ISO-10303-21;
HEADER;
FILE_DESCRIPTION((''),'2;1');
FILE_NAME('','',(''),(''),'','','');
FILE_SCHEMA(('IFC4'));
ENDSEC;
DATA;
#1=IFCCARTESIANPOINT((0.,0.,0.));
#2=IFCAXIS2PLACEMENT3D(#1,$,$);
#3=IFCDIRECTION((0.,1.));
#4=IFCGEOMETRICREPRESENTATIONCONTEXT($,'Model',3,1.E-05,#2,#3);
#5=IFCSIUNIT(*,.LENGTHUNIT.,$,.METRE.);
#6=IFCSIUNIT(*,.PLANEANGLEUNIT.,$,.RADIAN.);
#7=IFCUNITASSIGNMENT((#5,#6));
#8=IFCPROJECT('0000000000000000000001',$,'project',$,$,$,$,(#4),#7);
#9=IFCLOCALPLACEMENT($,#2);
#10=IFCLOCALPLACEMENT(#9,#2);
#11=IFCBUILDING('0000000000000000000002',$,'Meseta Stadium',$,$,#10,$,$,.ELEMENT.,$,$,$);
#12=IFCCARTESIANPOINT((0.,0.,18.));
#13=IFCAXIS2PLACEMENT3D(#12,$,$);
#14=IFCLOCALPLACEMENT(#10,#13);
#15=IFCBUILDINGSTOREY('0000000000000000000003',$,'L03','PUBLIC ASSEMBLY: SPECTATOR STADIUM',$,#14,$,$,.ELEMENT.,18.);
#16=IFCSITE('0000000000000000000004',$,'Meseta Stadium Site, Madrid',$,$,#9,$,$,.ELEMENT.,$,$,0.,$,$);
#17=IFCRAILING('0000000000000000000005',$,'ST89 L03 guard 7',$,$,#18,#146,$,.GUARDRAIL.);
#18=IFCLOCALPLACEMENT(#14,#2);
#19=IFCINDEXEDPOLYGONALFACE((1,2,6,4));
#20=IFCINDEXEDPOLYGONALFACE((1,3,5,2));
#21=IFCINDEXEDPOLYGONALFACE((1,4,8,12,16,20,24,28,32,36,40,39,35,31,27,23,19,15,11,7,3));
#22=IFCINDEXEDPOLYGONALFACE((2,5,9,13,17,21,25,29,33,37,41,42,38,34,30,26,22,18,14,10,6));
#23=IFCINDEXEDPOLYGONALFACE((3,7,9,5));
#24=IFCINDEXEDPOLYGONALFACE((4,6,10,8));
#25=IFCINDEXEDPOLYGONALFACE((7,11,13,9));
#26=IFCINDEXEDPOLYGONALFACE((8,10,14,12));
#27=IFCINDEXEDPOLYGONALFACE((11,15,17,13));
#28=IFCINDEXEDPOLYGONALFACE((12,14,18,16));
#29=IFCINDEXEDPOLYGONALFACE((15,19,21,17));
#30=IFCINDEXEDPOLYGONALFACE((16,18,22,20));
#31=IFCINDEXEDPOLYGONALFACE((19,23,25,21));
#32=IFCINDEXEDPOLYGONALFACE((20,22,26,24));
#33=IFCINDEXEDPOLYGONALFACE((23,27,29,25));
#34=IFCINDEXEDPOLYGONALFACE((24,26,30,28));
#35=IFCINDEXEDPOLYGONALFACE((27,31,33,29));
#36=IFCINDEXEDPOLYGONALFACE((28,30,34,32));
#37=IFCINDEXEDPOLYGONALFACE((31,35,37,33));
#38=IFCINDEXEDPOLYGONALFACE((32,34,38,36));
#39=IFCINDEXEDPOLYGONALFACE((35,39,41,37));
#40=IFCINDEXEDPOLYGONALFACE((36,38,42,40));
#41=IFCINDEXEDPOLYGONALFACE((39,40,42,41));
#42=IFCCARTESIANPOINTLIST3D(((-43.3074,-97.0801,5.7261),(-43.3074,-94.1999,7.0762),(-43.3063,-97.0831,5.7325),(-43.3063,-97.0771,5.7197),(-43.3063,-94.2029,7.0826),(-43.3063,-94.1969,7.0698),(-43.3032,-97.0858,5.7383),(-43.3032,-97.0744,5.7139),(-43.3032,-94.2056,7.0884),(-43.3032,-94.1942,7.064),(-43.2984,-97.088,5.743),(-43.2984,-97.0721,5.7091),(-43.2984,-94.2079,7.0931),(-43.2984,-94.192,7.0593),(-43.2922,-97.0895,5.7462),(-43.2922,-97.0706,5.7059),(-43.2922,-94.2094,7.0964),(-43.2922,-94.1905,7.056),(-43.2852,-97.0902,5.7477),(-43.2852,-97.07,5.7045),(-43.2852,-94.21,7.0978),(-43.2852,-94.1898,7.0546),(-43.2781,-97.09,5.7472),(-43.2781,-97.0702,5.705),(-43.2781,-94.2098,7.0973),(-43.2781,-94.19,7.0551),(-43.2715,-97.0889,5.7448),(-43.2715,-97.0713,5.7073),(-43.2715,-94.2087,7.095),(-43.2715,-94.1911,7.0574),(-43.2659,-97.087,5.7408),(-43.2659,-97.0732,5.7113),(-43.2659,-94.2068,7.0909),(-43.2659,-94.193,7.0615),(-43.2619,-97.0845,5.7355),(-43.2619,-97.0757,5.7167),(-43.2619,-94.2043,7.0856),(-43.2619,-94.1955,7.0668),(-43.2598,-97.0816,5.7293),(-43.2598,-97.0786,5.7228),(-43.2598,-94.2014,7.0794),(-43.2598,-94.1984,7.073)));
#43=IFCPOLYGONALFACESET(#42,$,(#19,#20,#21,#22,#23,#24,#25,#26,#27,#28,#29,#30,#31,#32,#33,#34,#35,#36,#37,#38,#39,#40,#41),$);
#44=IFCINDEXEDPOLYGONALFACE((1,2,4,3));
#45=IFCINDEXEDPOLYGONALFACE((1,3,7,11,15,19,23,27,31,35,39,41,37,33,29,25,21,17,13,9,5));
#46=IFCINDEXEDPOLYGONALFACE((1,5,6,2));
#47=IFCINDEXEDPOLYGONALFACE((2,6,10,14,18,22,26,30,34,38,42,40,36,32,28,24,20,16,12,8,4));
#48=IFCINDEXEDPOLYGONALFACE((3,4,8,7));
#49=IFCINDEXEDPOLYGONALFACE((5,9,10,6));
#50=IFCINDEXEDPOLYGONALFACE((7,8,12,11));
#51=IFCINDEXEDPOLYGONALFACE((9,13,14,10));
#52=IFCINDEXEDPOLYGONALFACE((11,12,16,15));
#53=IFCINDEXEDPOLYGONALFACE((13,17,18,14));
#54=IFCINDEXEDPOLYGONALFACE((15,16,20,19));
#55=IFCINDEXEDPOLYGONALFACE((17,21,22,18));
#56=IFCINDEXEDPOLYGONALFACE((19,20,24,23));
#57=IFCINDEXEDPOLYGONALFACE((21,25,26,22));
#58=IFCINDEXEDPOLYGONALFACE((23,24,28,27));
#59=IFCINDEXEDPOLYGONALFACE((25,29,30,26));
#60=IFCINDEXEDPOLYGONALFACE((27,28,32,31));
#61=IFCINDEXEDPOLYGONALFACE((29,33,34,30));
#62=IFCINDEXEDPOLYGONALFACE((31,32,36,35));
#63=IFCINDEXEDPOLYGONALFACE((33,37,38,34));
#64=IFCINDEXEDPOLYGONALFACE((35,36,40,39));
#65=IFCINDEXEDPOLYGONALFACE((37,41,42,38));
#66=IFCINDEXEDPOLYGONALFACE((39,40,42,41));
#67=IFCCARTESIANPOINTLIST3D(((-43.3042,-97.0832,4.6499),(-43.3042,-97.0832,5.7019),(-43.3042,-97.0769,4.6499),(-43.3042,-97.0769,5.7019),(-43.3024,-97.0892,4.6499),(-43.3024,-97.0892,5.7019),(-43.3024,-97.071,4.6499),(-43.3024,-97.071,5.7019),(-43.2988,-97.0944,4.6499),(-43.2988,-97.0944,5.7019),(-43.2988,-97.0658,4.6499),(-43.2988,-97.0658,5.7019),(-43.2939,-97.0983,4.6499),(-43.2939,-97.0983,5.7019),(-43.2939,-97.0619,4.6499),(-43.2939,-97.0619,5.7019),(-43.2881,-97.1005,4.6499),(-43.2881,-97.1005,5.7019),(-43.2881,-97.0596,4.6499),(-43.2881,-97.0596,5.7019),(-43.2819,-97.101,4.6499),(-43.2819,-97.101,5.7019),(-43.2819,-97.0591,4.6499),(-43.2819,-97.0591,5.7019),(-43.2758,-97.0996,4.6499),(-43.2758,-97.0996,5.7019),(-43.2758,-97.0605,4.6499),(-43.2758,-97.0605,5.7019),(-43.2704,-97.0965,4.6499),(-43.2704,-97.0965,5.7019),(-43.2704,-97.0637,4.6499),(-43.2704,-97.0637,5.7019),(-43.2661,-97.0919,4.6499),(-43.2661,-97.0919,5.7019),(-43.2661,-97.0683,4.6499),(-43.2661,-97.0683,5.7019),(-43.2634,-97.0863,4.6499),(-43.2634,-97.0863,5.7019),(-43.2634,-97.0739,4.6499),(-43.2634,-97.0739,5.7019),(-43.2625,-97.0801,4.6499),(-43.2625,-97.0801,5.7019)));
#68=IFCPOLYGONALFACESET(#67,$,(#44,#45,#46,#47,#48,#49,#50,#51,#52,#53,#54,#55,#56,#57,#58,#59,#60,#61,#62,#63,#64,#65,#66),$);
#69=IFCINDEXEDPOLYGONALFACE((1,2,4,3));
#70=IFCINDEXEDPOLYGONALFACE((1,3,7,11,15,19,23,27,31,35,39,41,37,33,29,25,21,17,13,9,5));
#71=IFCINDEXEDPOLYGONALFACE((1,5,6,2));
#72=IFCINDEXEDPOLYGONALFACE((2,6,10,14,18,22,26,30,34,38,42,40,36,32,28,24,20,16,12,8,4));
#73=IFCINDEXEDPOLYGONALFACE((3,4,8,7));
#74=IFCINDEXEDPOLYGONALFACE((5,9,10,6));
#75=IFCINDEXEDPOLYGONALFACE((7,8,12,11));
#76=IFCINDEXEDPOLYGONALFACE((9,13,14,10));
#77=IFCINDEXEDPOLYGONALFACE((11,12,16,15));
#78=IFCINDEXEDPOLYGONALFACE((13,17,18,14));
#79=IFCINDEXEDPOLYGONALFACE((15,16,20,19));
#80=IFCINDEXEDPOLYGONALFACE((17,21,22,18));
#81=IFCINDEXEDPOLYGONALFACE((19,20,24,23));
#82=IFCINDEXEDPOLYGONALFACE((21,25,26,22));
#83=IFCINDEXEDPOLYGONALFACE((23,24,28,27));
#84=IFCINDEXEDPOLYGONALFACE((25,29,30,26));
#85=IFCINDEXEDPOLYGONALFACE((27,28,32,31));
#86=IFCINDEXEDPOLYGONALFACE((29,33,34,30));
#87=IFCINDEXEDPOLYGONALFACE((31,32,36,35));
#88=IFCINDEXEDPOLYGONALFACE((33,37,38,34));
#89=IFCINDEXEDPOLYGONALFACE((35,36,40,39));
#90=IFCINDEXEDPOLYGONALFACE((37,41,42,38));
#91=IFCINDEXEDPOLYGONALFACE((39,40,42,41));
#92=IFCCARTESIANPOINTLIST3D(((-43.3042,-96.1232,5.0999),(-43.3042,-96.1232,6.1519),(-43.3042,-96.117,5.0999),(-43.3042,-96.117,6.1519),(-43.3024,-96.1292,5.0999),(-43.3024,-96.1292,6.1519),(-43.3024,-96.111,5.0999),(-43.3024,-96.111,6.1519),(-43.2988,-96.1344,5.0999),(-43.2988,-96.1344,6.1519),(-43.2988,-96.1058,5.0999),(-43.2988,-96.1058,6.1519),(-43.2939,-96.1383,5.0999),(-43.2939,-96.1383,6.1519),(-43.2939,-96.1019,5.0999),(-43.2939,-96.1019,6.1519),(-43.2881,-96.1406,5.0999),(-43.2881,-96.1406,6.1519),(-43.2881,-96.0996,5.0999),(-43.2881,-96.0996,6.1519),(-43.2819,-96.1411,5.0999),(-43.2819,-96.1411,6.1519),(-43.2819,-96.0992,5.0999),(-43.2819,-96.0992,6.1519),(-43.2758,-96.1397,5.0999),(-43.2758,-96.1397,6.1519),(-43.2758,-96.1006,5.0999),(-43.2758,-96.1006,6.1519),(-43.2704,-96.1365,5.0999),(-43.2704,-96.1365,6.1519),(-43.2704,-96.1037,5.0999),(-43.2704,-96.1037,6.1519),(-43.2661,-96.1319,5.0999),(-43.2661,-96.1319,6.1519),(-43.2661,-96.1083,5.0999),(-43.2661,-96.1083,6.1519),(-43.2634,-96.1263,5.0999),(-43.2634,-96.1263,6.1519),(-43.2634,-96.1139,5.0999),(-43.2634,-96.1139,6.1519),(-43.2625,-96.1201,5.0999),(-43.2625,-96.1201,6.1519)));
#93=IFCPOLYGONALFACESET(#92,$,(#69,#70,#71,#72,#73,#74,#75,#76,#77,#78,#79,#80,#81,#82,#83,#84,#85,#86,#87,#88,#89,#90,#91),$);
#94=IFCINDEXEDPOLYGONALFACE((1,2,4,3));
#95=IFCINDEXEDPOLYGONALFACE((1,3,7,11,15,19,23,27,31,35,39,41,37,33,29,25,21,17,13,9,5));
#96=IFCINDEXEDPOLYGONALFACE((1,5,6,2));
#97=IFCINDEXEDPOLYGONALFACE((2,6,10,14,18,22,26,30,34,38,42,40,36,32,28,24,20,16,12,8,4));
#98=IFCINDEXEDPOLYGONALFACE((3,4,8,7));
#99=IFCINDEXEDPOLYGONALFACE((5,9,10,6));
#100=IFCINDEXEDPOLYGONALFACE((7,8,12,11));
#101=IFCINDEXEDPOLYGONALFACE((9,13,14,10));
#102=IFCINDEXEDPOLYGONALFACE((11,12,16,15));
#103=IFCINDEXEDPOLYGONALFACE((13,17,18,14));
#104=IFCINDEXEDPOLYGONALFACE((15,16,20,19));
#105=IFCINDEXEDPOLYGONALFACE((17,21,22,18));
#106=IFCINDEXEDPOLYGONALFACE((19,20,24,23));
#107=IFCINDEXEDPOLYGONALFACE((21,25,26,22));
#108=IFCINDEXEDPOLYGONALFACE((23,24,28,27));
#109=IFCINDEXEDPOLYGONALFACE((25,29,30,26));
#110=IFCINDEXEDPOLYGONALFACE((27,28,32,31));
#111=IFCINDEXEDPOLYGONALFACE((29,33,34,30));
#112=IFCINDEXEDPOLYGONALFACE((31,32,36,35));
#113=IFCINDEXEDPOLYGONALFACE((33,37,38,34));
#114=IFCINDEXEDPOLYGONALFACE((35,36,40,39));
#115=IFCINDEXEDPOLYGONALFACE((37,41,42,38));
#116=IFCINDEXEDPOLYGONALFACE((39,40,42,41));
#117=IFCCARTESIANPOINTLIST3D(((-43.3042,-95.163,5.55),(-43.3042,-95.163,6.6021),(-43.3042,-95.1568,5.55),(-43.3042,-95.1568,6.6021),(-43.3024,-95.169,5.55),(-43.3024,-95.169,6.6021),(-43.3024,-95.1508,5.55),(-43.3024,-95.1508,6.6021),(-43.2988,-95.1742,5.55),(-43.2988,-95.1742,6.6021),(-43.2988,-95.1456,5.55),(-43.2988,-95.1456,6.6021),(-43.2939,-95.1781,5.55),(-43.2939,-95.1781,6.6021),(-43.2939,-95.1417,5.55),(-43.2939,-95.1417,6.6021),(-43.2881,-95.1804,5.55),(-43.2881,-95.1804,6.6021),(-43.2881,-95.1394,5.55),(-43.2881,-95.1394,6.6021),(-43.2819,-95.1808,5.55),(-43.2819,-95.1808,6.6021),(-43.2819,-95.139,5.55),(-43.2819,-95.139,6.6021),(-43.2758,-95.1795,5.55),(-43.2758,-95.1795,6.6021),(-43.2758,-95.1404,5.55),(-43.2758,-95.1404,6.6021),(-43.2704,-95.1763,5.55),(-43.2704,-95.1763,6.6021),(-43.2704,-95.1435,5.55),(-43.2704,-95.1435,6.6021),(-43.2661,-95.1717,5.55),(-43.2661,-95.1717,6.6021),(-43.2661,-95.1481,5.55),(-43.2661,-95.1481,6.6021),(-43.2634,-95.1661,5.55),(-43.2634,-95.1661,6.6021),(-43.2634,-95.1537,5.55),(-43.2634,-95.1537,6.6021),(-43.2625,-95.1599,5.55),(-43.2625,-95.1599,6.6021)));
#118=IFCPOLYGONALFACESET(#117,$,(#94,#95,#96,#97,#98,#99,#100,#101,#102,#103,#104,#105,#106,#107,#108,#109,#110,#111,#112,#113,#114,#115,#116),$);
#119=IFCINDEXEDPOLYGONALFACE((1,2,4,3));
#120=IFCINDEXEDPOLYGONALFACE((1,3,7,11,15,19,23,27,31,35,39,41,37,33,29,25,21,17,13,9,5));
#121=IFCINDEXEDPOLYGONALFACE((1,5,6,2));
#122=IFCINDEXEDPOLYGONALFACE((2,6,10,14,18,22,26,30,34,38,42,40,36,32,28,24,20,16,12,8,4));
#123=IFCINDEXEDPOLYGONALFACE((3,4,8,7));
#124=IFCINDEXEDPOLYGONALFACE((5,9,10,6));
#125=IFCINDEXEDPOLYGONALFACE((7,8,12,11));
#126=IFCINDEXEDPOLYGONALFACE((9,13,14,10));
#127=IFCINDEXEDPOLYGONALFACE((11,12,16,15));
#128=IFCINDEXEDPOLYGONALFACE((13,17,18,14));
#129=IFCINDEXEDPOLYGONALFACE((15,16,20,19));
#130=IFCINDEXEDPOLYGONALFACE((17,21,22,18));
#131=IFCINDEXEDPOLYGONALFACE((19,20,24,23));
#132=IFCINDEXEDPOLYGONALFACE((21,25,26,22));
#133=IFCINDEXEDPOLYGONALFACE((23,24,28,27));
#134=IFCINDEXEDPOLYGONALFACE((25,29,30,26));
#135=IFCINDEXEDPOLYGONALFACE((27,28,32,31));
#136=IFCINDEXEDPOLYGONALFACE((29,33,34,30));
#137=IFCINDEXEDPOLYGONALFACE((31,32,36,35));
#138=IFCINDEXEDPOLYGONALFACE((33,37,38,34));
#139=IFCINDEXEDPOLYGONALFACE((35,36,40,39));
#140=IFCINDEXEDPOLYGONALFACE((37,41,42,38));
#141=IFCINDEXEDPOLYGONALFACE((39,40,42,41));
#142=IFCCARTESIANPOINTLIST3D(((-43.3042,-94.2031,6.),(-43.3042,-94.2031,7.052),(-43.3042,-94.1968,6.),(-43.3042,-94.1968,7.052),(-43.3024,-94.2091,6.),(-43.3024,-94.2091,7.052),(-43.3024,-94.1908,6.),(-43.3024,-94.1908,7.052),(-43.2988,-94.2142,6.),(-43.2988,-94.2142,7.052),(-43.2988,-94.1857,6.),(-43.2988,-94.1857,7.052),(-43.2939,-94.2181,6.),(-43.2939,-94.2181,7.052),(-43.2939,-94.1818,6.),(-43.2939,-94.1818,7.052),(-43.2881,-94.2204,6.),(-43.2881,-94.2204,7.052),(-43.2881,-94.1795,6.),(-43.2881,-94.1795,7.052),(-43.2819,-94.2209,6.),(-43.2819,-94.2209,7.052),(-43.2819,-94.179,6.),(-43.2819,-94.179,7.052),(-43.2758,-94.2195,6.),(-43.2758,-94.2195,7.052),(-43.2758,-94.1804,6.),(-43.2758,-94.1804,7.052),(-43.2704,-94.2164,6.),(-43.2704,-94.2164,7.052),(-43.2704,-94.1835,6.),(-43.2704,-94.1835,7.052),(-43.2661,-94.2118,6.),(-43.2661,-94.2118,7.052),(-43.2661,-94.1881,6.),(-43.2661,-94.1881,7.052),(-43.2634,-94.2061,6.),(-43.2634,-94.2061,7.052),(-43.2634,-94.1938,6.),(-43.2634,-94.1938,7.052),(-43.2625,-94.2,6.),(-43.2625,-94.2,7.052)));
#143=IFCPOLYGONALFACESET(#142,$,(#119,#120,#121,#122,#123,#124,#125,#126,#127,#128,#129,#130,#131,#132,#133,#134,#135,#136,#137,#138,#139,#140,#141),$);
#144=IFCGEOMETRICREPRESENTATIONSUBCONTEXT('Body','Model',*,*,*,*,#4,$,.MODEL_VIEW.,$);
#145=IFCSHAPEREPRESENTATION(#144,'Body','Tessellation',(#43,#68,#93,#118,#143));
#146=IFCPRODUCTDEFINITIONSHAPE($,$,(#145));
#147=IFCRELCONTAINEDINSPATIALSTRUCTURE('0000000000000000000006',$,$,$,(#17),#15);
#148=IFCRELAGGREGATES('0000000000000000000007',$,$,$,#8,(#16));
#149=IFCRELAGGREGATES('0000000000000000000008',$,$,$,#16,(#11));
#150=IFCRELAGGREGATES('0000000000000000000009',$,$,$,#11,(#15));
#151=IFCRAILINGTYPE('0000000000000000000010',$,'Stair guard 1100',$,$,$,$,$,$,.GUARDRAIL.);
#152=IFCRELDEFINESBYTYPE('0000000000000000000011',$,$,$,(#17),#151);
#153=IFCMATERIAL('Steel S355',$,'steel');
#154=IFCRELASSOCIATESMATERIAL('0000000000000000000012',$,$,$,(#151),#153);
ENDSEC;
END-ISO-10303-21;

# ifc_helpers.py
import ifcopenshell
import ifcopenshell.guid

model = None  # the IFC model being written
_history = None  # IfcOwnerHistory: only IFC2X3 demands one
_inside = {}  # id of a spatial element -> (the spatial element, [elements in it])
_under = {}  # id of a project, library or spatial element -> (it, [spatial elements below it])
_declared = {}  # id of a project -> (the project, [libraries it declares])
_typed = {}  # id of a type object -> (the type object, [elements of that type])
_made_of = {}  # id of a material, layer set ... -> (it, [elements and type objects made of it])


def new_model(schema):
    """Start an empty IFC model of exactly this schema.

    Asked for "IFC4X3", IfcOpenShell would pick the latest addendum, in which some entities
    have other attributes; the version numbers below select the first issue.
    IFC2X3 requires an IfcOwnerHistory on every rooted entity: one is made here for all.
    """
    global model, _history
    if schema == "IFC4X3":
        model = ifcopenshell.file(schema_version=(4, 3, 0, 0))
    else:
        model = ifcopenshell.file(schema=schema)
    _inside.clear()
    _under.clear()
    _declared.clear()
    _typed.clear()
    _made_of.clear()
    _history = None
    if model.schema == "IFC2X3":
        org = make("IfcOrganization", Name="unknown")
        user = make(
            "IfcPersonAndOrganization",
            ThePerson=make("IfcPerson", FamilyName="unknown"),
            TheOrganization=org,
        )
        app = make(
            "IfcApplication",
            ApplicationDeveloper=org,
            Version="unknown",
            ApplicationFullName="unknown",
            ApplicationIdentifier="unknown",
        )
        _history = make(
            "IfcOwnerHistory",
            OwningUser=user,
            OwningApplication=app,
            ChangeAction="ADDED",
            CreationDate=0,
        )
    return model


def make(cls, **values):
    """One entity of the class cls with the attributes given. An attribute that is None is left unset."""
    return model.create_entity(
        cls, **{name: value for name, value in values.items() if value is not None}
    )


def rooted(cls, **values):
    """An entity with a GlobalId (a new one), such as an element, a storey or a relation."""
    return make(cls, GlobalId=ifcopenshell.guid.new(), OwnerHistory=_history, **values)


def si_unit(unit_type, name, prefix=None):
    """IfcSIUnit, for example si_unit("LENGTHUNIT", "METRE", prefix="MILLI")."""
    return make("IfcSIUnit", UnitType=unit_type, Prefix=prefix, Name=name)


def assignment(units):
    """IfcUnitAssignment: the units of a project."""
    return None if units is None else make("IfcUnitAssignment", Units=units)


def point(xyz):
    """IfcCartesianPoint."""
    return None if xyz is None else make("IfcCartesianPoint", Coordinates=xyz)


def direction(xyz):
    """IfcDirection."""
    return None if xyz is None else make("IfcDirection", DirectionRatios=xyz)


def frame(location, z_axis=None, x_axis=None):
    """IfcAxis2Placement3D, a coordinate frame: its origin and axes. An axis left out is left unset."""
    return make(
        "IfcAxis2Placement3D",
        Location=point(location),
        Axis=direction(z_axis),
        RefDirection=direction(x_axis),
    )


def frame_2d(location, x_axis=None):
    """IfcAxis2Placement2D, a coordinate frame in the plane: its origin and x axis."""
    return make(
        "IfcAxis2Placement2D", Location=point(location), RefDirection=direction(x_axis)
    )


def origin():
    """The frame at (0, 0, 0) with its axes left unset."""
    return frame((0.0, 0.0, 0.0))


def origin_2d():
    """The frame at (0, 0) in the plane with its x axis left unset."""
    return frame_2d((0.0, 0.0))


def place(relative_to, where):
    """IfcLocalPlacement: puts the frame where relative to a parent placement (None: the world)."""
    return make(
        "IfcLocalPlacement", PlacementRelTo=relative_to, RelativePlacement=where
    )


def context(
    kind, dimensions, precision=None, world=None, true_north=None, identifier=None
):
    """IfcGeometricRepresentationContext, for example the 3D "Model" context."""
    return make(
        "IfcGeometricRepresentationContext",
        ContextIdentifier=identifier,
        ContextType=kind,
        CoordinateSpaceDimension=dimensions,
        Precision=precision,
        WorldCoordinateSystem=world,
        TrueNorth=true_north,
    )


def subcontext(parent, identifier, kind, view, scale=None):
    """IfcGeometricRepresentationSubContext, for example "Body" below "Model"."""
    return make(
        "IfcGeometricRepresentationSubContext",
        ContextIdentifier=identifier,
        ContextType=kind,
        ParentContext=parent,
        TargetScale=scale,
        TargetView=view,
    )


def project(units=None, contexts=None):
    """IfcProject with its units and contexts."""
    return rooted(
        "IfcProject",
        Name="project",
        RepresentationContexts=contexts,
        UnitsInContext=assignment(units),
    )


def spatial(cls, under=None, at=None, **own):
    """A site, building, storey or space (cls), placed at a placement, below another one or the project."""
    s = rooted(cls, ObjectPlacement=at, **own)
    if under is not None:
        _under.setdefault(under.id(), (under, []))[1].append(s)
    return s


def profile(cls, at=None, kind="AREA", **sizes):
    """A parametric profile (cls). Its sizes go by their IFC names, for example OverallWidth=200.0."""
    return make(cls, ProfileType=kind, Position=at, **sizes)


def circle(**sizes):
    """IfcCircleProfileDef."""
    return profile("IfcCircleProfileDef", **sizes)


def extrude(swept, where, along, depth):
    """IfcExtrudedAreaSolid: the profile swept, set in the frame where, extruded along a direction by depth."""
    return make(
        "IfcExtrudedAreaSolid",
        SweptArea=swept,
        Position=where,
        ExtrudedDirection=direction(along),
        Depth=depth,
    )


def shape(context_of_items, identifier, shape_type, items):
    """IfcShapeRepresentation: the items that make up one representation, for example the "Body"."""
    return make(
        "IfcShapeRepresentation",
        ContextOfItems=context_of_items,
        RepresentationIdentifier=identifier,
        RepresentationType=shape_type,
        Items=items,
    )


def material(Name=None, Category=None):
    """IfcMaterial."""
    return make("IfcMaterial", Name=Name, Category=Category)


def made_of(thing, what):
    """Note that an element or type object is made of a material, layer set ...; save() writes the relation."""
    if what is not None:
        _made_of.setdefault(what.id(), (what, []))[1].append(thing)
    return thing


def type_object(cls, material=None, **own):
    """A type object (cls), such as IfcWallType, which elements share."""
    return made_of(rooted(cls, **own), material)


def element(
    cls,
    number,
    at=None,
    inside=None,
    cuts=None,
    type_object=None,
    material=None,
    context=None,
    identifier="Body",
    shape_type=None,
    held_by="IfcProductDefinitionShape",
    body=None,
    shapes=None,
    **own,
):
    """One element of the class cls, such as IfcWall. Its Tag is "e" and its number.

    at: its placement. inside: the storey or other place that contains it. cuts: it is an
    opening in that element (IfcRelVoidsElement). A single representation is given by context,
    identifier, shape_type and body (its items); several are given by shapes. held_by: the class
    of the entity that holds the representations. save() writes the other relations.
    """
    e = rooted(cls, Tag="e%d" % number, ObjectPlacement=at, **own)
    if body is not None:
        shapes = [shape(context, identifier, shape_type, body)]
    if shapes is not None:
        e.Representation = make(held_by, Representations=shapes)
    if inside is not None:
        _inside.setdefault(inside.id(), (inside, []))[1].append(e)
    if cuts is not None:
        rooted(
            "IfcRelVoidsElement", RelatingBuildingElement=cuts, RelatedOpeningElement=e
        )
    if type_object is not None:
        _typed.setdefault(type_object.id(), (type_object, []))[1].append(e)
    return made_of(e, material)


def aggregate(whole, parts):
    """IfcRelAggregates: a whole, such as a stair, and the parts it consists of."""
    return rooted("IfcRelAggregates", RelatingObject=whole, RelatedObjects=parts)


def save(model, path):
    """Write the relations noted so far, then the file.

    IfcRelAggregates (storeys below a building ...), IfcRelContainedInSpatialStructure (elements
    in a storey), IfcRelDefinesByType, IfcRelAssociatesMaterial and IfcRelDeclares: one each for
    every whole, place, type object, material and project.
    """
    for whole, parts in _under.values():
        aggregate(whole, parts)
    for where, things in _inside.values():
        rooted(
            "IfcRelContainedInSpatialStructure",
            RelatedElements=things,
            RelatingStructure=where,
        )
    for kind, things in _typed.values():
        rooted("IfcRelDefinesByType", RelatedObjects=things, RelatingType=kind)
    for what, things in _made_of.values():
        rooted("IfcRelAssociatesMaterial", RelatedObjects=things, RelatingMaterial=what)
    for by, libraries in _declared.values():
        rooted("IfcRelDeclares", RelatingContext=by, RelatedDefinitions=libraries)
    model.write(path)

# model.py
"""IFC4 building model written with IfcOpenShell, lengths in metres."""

from ifc_helpers import new_model, si_unit, direction, frame, origin, origin_2d, place, context, subcontext, project, spatial, circle, extrude, material, type_object, element, save


model = new_model("IFC4")

# Units and contexts
model_context = context("Model", 3, precision=1e-05, world=origin(), true_north=direction((0.0, 1.0)))
body_context = subcontext(model_context, "Body", "Model", "MODEL_VIEW")
ifc_project = project(units=[si_unit("LENGTHUNIT", "METRE"), si_unit("PLANEANGLEUNIT", "RADIAN")], contexts=[model_context])

# Site, building, storey
site_placement = place(None, origin())
site = spatial("IfcSite", under=ifc_project, at=site_placement, Name="Meseta Stadium Site, Madrid", CompositionType="ELEMENT", RefElevation=0.0)
building_placement = place(site_placement, origin())
building = spatial("IfcBuilding", under=site, at=building_placement, Name="Meseta Stadium", CompositionType="ELEMENT")
storey_placement = place(building_placement, frame((0.0, 0.0, 18.0)))
storey = spatial("IfcBuildingStorey", under=building, at=storey_placement, Name="L03", Description="PUBLIC ASSEMBLY: SPECTATOR STADIUM", CompositionType="ELEMENT", Elevation=18.0)

# Railing
ifc_material_1 = material(Name="Steel S355", Category="steel")
railing_type = type_object("IfcRailingType", Name="Stair guard 1100", PredefinedType="GUARDRAIL", material=ifc_material_1)
railing_1_placement = place(storey_placement, frame((-43.2834, -97.0801, 4.6499)))
element("IfcRailing", 1, at=railing_1_placement, inside=storey, type_object=railing_type, Name="ST89 L03 guard 7", PredefinedType="GUARDRAIL", context=body_context, shape_type="SweptSolid", body=[
    extrude(circle(Radius=0.0239, at=origin_2d()), frame((0.0, 0.0, 1.0762), z_axis=(0.0, 0.905454, 0.424444), x_axis=(-1.0, 0.0, 0.0)), (0.0, 0.0, 1.0), 3.1809),
    extrude(circle(Radius=0.021, at=origin_2d()), origin(), (0.0, 0.0, 1.0), 1.052),
    extrude(circle(Radius=0.021, at=origin_2d()), frame((0.0, 0.96, 0.45)), (0.0, 0.0, 1.0), 1.052),
    extrude(circle(Radius=0.021, at=origin_2d()), frame((0.0, 1.9202, 0.9001)), (0.0, 0.0, 1.0), 1.052),
    extrude(circle(Radius=0.021, at=origin_2d()), frame((0.0, 2.8801, 1.3501)), (0.0, 0.0, 1.0), 1.052),
])

save(model, "model.ifc")
